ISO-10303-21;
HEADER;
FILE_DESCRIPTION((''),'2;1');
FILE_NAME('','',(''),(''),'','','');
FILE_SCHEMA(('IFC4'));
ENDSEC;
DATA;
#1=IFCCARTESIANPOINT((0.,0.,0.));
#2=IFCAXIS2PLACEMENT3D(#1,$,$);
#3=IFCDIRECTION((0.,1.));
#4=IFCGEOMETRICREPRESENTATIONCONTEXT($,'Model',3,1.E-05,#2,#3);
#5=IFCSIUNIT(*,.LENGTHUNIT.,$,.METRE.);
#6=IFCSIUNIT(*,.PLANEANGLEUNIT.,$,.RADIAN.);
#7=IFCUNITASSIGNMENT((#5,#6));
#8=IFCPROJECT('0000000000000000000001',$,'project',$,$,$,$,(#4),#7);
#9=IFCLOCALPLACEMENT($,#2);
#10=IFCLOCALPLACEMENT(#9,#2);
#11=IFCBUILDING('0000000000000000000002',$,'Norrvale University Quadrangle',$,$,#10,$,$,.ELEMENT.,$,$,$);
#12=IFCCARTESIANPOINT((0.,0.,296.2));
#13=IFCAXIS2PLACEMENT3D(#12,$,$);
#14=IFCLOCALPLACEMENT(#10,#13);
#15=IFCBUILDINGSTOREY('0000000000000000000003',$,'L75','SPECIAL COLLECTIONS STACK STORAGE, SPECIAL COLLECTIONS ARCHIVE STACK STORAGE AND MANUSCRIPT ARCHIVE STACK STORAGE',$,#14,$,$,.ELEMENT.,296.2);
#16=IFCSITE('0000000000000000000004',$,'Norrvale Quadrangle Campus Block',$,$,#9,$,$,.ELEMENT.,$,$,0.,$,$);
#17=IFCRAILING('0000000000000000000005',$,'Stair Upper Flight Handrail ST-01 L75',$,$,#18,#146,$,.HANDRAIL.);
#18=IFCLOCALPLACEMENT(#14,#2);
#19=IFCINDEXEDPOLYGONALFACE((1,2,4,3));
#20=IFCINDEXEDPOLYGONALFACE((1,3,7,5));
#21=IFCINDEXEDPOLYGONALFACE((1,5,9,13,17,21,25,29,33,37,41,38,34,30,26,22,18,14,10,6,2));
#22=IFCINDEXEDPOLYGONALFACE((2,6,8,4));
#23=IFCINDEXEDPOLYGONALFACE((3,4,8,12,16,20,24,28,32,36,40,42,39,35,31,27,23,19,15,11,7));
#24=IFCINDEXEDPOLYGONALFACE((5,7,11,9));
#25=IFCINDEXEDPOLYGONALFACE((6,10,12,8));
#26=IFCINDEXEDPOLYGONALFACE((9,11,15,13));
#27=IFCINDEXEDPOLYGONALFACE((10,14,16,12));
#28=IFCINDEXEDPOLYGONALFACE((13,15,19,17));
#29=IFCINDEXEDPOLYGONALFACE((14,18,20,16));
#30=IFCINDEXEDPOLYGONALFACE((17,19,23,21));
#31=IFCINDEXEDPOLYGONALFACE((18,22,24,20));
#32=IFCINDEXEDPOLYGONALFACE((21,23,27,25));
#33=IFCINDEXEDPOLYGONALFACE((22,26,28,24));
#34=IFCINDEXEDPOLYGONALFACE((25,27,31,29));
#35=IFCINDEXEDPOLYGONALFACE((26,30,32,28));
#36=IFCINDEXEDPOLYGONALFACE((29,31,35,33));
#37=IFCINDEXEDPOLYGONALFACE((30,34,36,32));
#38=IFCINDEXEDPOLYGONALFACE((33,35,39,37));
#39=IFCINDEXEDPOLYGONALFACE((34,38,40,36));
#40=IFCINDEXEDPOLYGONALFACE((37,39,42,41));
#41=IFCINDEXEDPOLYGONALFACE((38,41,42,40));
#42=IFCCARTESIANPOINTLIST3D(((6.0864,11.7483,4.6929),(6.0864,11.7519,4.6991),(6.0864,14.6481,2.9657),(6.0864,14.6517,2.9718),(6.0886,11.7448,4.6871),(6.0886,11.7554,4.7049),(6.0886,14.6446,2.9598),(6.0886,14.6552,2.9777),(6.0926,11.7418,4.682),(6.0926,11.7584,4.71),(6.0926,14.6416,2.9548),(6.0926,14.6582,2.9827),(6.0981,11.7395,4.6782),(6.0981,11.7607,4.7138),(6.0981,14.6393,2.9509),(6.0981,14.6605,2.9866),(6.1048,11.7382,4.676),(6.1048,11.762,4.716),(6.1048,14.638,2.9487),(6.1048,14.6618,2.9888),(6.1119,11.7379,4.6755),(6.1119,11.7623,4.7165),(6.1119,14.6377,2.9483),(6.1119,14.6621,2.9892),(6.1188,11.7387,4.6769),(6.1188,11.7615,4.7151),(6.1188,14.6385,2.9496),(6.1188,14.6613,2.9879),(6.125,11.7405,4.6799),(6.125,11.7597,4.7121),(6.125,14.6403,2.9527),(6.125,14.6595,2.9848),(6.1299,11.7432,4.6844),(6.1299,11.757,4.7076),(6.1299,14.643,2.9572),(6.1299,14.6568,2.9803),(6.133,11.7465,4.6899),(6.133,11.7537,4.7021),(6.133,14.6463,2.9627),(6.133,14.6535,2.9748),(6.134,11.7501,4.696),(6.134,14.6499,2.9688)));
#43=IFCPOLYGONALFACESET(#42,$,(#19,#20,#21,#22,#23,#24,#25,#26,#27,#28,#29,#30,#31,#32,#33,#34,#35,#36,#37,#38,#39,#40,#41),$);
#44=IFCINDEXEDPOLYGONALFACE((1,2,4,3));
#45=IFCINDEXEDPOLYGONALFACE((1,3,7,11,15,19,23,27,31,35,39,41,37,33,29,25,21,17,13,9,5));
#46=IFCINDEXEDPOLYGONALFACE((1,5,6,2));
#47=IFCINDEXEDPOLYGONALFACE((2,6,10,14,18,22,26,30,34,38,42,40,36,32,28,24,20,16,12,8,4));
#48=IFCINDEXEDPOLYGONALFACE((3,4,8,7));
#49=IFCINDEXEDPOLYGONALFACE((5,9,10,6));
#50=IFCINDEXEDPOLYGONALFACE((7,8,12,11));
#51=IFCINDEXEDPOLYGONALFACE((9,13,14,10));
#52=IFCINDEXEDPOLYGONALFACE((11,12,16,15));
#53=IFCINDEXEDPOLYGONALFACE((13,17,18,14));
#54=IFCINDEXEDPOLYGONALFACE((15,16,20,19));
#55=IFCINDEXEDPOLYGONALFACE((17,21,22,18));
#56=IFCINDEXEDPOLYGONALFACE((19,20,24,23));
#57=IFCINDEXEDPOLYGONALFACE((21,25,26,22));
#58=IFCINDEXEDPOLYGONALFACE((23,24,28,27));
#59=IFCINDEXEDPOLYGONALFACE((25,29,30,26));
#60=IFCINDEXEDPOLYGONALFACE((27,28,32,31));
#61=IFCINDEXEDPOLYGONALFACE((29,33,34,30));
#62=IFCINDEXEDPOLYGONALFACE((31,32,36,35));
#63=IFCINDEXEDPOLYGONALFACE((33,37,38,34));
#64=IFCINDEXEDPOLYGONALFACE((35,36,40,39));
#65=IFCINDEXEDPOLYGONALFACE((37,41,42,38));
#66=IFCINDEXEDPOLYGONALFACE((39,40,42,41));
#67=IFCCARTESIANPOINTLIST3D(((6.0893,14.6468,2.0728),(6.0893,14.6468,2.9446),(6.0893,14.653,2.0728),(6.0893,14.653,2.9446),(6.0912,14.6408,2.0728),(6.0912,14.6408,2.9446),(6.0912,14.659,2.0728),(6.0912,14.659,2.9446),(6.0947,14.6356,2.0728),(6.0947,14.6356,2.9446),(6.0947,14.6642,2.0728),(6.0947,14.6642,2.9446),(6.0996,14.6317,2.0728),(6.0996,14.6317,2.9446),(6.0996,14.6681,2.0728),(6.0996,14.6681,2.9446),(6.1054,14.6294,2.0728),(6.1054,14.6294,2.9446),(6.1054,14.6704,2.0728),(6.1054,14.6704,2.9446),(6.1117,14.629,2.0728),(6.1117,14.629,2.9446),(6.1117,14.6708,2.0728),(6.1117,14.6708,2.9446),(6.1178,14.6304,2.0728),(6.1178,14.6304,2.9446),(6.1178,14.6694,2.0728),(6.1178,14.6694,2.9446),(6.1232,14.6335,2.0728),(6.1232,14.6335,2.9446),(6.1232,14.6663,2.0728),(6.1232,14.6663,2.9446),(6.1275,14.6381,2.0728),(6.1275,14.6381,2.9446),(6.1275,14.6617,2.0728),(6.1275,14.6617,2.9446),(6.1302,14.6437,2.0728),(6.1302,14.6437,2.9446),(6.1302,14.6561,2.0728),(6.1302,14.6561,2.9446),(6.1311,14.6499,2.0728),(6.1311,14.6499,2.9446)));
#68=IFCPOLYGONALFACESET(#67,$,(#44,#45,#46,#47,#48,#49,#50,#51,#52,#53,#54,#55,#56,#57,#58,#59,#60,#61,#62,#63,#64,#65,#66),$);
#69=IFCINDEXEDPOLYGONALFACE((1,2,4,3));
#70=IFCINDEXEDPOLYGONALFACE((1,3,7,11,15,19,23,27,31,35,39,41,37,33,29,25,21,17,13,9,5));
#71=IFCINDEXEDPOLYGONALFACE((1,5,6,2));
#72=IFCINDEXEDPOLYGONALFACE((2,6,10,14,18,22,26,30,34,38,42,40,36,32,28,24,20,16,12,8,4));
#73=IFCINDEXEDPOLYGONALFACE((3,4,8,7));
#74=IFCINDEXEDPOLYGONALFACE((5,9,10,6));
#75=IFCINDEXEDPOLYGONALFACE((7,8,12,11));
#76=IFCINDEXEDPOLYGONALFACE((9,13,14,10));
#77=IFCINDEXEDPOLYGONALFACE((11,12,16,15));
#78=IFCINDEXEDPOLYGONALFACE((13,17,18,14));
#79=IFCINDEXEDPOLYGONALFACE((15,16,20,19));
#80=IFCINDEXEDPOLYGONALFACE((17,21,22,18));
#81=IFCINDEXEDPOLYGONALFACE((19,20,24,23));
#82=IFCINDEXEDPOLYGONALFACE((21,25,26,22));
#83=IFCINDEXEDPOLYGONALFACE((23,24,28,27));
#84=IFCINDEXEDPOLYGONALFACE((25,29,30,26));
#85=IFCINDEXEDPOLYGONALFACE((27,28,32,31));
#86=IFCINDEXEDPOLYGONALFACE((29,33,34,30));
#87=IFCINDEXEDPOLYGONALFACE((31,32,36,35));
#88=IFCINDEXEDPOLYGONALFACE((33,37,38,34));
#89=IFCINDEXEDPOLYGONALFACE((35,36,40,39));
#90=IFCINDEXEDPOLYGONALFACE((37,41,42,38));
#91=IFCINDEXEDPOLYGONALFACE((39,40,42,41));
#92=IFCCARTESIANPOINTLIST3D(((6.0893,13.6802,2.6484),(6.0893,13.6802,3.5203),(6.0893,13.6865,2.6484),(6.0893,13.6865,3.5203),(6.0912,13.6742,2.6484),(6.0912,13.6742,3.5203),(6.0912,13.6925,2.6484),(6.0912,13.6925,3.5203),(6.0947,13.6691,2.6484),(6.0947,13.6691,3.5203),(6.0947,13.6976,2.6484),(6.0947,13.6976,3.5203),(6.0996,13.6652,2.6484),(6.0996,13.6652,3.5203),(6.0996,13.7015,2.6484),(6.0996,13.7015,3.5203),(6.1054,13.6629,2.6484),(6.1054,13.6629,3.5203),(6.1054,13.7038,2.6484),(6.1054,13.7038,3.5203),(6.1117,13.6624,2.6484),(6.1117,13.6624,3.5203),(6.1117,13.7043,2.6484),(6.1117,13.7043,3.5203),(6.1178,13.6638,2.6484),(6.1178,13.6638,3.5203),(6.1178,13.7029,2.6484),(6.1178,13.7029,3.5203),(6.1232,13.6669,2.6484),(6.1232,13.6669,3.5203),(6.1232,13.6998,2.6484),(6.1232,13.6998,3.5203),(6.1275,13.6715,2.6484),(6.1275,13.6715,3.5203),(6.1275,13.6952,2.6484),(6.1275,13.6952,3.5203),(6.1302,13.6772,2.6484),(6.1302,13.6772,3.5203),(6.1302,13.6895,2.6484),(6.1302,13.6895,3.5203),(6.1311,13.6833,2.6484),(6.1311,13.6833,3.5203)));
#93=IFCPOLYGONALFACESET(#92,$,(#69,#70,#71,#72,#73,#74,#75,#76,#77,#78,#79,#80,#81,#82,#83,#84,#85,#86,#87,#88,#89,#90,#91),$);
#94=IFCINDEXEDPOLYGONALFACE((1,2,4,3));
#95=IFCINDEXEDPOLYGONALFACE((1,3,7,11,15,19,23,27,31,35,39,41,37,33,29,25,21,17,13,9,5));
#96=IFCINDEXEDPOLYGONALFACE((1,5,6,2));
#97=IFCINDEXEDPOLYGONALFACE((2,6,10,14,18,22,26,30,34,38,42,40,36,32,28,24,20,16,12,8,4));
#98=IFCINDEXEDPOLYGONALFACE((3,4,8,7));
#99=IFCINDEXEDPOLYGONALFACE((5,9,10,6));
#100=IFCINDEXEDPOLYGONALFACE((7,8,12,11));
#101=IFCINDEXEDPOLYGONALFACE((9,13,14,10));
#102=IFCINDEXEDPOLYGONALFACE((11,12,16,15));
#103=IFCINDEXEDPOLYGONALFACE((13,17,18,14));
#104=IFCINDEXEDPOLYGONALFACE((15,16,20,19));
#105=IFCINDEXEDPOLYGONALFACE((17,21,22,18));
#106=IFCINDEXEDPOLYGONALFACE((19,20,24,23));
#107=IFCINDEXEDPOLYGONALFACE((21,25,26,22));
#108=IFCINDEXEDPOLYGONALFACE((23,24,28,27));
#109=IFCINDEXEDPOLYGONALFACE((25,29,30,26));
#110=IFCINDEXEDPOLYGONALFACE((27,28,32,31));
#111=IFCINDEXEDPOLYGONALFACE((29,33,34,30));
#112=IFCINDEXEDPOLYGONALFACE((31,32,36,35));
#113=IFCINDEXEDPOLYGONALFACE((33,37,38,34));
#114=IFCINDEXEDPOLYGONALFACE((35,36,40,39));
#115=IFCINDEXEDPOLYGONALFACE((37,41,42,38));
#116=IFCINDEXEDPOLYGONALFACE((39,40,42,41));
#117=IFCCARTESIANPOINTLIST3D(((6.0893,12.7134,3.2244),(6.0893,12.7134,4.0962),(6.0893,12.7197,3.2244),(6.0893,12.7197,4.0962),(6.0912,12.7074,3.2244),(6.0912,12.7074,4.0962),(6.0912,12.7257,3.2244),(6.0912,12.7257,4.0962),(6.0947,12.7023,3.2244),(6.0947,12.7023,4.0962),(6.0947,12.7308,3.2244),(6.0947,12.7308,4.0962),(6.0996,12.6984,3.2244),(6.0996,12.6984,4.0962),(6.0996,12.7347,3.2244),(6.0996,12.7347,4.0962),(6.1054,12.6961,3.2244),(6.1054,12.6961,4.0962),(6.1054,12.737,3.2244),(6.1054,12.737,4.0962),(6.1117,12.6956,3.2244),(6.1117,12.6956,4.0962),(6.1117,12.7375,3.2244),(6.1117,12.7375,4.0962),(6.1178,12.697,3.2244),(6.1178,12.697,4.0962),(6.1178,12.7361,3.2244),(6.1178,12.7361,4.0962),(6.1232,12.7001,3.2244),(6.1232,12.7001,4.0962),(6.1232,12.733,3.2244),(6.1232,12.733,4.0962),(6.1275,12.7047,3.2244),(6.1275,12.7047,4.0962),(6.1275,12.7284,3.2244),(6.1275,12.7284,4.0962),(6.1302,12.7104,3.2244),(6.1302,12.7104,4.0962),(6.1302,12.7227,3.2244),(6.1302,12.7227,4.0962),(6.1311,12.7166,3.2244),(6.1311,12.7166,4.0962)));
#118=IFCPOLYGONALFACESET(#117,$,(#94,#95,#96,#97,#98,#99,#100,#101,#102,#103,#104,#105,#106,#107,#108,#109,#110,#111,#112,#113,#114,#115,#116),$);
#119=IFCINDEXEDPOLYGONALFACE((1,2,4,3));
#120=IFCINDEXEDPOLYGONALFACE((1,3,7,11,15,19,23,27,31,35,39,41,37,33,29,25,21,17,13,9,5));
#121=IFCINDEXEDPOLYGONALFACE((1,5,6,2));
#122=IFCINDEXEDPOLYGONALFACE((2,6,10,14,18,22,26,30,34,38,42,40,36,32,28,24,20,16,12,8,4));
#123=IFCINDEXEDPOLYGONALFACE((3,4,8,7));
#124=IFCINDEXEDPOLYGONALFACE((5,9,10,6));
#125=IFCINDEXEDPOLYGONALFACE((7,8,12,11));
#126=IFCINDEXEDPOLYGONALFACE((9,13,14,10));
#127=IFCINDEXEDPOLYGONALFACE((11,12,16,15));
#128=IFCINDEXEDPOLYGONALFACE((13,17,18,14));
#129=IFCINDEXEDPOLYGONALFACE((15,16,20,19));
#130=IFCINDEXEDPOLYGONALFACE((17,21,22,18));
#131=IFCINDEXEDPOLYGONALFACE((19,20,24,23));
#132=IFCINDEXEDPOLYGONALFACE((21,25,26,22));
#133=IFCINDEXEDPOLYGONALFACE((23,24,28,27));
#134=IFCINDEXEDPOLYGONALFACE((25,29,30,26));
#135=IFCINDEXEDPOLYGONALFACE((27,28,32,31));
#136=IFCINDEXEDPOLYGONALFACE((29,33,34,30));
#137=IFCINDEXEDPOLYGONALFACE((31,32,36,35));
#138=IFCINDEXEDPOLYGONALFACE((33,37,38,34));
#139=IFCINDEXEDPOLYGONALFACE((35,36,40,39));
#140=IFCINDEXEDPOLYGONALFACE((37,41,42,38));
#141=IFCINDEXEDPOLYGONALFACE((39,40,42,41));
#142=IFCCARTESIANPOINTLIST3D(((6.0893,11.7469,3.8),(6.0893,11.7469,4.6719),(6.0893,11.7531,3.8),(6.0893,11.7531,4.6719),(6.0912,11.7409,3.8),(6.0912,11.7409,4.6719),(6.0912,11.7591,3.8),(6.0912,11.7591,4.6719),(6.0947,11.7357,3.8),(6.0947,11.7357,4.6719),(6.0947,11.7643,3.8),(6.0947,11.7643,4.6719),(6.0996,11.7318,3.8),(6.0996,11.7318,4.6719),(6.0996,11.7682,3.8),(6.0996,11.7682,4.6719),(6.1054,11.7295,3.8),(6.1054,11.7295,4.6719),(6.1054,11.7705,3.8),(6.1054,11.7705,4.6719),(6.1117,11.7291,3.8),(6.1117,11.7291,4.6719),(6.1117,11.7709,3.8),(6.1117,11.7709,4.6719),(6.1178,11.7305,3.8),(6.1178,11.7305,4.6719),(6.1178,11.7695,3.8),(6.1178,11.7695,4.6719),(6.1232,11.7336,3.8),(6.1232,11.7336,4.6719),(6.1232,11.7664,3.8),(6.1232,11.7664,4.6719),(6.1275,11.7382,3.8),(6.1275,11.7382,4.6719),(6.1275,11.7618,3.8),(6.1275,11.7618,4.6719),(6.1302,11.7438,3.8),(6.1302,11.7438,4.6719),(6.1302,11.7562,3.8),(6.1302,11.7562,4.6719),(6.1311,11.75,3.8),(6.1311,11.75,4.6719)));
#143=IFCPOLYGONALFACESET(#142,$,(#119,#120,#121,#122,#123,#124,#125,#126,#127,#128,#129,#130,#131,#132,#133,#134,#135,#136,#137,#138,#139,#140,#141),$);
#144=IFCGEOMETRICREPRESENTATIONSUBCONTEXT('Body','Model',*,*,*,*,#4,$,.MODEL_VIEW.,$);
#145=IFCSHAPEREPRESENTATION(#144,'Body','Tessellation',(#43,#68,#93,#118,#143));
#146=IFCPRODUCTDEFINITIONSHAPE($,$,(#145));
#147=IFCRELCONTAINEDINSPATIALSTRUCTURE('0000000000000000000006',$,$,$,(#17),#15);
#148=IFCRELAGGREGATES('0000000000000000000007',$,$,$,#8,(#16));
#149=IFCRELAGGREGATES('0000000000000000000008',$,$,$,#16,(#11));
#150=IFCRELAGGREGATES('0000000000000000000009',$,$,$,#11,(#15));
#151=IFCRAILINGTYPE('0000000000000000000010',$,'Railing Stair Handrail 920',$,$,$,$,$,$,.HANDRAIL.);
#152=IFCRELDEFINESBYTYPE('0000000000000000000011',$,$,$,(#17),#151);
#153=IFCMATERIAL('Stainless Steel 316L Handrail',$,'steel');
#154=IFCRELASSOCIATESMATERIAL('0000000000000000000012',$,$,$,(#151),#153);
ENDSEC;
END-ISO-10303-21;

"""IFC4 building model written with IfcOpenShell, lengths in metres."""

from ifc_helpers import new_model, si_unit, direction, frame, origin, origin_2d, place, context, subcontext, project, spatial, circle, extrude, material, type_object, element, save


model = new_model("IFC4")

# Units and contexts
model_context = context("Model", 3, precision=1e-05, world=origin(), true_north=direction((0.0, 1.0)))
body_context = subcontext(model_context, "Body", "Model", "MODEL_VIEW")
ifc_project = project(units=[si_unit("LENGTHUNIT", "METRE"), si_unit("PLANEANGLEUNIT", "RADIAN")], contexts=[model_context])

# Site, building, storey
site_placement = place(None, origin())
site = spatial("IfcSite", under=ifc_project, at=site_placement, Name="Norrvale Quadrangle Campus Block", CompositionType="ELEMENT", RefElevation=0.0)
building_placement = place(site_placement, origin())
building = spatial("IfcBuilding", under=site, at=building_placement, Name="Norrvale University Quadrangle", CompositionType="ELEMENT")
storey_placement = place(building_placement, frame((0.0, 0.0, 296.2)))
storey = spatial("IfcBuildingStorey", under=building, at=storey_placement, Name="L75", Description="SPECIAL COLLECTIONS STACK STORAGE, SPECIAL COLLECTIONS ARCHIVE STACK STORAGE AND MANUSCRIPT ARCHIVE STACK STORAGE", CompositionType="ELEMENT", Elevation=296.2)

# Railing
ifc_material_1 = material(Name="Stainless Steel 316L Handrail", Category="steel")
railing_type_1 = type_object("IfcRailingType", Name="Railing Stair Handrail 920", PredefinedType="HANDRAIL", material=ifc_material_1)
railing_1_placement = place(storey_placement, frame((6.1101, 14.6499, 2.0728)))
element("IfcRailing", 1, at=railing_1_placement, inside=storey, type_object=railing_type_1, Name="Stair Upper Flight Handrail ST-01 L75", PredefinedType="HANDRAIL", context=body_context, shape_type="SweptSolid", body=[
    extrude(circle(Radius=0.0239, at=origin_2d()), frame((0.0, 0.0, 0.896), z_axis=(0.0, -0.859141, 0.511738), x_axis=(1.0, 0.0, 0.0)), (0.0, 0.0, 1.0), 3.3752),
    extrude(circle(Radius=0.021, at=origin_2d()), origin(), (0.0, 0.0, 1.0), 0.8718),
    extrude(circle(Radius=0.021, at=origin_2d()), frame((0.0, -0.9666, 0.5757)), (0.0, 0.0, 1.0), 0.8718),
    extrude(circle(Radius=0.021, at=origin_2d()), frame((0.0, -1.9333, 1.1516)), (0.0, 0.0, 1.0), 0.8718),
    extrude(circle(Radius=0.021, at=origin_2d()), frame((0.0, -2.8999, 1.7273)), (0.0, 0.0, 1.0), 0.8718),
])

save(model, "model.ifc")
